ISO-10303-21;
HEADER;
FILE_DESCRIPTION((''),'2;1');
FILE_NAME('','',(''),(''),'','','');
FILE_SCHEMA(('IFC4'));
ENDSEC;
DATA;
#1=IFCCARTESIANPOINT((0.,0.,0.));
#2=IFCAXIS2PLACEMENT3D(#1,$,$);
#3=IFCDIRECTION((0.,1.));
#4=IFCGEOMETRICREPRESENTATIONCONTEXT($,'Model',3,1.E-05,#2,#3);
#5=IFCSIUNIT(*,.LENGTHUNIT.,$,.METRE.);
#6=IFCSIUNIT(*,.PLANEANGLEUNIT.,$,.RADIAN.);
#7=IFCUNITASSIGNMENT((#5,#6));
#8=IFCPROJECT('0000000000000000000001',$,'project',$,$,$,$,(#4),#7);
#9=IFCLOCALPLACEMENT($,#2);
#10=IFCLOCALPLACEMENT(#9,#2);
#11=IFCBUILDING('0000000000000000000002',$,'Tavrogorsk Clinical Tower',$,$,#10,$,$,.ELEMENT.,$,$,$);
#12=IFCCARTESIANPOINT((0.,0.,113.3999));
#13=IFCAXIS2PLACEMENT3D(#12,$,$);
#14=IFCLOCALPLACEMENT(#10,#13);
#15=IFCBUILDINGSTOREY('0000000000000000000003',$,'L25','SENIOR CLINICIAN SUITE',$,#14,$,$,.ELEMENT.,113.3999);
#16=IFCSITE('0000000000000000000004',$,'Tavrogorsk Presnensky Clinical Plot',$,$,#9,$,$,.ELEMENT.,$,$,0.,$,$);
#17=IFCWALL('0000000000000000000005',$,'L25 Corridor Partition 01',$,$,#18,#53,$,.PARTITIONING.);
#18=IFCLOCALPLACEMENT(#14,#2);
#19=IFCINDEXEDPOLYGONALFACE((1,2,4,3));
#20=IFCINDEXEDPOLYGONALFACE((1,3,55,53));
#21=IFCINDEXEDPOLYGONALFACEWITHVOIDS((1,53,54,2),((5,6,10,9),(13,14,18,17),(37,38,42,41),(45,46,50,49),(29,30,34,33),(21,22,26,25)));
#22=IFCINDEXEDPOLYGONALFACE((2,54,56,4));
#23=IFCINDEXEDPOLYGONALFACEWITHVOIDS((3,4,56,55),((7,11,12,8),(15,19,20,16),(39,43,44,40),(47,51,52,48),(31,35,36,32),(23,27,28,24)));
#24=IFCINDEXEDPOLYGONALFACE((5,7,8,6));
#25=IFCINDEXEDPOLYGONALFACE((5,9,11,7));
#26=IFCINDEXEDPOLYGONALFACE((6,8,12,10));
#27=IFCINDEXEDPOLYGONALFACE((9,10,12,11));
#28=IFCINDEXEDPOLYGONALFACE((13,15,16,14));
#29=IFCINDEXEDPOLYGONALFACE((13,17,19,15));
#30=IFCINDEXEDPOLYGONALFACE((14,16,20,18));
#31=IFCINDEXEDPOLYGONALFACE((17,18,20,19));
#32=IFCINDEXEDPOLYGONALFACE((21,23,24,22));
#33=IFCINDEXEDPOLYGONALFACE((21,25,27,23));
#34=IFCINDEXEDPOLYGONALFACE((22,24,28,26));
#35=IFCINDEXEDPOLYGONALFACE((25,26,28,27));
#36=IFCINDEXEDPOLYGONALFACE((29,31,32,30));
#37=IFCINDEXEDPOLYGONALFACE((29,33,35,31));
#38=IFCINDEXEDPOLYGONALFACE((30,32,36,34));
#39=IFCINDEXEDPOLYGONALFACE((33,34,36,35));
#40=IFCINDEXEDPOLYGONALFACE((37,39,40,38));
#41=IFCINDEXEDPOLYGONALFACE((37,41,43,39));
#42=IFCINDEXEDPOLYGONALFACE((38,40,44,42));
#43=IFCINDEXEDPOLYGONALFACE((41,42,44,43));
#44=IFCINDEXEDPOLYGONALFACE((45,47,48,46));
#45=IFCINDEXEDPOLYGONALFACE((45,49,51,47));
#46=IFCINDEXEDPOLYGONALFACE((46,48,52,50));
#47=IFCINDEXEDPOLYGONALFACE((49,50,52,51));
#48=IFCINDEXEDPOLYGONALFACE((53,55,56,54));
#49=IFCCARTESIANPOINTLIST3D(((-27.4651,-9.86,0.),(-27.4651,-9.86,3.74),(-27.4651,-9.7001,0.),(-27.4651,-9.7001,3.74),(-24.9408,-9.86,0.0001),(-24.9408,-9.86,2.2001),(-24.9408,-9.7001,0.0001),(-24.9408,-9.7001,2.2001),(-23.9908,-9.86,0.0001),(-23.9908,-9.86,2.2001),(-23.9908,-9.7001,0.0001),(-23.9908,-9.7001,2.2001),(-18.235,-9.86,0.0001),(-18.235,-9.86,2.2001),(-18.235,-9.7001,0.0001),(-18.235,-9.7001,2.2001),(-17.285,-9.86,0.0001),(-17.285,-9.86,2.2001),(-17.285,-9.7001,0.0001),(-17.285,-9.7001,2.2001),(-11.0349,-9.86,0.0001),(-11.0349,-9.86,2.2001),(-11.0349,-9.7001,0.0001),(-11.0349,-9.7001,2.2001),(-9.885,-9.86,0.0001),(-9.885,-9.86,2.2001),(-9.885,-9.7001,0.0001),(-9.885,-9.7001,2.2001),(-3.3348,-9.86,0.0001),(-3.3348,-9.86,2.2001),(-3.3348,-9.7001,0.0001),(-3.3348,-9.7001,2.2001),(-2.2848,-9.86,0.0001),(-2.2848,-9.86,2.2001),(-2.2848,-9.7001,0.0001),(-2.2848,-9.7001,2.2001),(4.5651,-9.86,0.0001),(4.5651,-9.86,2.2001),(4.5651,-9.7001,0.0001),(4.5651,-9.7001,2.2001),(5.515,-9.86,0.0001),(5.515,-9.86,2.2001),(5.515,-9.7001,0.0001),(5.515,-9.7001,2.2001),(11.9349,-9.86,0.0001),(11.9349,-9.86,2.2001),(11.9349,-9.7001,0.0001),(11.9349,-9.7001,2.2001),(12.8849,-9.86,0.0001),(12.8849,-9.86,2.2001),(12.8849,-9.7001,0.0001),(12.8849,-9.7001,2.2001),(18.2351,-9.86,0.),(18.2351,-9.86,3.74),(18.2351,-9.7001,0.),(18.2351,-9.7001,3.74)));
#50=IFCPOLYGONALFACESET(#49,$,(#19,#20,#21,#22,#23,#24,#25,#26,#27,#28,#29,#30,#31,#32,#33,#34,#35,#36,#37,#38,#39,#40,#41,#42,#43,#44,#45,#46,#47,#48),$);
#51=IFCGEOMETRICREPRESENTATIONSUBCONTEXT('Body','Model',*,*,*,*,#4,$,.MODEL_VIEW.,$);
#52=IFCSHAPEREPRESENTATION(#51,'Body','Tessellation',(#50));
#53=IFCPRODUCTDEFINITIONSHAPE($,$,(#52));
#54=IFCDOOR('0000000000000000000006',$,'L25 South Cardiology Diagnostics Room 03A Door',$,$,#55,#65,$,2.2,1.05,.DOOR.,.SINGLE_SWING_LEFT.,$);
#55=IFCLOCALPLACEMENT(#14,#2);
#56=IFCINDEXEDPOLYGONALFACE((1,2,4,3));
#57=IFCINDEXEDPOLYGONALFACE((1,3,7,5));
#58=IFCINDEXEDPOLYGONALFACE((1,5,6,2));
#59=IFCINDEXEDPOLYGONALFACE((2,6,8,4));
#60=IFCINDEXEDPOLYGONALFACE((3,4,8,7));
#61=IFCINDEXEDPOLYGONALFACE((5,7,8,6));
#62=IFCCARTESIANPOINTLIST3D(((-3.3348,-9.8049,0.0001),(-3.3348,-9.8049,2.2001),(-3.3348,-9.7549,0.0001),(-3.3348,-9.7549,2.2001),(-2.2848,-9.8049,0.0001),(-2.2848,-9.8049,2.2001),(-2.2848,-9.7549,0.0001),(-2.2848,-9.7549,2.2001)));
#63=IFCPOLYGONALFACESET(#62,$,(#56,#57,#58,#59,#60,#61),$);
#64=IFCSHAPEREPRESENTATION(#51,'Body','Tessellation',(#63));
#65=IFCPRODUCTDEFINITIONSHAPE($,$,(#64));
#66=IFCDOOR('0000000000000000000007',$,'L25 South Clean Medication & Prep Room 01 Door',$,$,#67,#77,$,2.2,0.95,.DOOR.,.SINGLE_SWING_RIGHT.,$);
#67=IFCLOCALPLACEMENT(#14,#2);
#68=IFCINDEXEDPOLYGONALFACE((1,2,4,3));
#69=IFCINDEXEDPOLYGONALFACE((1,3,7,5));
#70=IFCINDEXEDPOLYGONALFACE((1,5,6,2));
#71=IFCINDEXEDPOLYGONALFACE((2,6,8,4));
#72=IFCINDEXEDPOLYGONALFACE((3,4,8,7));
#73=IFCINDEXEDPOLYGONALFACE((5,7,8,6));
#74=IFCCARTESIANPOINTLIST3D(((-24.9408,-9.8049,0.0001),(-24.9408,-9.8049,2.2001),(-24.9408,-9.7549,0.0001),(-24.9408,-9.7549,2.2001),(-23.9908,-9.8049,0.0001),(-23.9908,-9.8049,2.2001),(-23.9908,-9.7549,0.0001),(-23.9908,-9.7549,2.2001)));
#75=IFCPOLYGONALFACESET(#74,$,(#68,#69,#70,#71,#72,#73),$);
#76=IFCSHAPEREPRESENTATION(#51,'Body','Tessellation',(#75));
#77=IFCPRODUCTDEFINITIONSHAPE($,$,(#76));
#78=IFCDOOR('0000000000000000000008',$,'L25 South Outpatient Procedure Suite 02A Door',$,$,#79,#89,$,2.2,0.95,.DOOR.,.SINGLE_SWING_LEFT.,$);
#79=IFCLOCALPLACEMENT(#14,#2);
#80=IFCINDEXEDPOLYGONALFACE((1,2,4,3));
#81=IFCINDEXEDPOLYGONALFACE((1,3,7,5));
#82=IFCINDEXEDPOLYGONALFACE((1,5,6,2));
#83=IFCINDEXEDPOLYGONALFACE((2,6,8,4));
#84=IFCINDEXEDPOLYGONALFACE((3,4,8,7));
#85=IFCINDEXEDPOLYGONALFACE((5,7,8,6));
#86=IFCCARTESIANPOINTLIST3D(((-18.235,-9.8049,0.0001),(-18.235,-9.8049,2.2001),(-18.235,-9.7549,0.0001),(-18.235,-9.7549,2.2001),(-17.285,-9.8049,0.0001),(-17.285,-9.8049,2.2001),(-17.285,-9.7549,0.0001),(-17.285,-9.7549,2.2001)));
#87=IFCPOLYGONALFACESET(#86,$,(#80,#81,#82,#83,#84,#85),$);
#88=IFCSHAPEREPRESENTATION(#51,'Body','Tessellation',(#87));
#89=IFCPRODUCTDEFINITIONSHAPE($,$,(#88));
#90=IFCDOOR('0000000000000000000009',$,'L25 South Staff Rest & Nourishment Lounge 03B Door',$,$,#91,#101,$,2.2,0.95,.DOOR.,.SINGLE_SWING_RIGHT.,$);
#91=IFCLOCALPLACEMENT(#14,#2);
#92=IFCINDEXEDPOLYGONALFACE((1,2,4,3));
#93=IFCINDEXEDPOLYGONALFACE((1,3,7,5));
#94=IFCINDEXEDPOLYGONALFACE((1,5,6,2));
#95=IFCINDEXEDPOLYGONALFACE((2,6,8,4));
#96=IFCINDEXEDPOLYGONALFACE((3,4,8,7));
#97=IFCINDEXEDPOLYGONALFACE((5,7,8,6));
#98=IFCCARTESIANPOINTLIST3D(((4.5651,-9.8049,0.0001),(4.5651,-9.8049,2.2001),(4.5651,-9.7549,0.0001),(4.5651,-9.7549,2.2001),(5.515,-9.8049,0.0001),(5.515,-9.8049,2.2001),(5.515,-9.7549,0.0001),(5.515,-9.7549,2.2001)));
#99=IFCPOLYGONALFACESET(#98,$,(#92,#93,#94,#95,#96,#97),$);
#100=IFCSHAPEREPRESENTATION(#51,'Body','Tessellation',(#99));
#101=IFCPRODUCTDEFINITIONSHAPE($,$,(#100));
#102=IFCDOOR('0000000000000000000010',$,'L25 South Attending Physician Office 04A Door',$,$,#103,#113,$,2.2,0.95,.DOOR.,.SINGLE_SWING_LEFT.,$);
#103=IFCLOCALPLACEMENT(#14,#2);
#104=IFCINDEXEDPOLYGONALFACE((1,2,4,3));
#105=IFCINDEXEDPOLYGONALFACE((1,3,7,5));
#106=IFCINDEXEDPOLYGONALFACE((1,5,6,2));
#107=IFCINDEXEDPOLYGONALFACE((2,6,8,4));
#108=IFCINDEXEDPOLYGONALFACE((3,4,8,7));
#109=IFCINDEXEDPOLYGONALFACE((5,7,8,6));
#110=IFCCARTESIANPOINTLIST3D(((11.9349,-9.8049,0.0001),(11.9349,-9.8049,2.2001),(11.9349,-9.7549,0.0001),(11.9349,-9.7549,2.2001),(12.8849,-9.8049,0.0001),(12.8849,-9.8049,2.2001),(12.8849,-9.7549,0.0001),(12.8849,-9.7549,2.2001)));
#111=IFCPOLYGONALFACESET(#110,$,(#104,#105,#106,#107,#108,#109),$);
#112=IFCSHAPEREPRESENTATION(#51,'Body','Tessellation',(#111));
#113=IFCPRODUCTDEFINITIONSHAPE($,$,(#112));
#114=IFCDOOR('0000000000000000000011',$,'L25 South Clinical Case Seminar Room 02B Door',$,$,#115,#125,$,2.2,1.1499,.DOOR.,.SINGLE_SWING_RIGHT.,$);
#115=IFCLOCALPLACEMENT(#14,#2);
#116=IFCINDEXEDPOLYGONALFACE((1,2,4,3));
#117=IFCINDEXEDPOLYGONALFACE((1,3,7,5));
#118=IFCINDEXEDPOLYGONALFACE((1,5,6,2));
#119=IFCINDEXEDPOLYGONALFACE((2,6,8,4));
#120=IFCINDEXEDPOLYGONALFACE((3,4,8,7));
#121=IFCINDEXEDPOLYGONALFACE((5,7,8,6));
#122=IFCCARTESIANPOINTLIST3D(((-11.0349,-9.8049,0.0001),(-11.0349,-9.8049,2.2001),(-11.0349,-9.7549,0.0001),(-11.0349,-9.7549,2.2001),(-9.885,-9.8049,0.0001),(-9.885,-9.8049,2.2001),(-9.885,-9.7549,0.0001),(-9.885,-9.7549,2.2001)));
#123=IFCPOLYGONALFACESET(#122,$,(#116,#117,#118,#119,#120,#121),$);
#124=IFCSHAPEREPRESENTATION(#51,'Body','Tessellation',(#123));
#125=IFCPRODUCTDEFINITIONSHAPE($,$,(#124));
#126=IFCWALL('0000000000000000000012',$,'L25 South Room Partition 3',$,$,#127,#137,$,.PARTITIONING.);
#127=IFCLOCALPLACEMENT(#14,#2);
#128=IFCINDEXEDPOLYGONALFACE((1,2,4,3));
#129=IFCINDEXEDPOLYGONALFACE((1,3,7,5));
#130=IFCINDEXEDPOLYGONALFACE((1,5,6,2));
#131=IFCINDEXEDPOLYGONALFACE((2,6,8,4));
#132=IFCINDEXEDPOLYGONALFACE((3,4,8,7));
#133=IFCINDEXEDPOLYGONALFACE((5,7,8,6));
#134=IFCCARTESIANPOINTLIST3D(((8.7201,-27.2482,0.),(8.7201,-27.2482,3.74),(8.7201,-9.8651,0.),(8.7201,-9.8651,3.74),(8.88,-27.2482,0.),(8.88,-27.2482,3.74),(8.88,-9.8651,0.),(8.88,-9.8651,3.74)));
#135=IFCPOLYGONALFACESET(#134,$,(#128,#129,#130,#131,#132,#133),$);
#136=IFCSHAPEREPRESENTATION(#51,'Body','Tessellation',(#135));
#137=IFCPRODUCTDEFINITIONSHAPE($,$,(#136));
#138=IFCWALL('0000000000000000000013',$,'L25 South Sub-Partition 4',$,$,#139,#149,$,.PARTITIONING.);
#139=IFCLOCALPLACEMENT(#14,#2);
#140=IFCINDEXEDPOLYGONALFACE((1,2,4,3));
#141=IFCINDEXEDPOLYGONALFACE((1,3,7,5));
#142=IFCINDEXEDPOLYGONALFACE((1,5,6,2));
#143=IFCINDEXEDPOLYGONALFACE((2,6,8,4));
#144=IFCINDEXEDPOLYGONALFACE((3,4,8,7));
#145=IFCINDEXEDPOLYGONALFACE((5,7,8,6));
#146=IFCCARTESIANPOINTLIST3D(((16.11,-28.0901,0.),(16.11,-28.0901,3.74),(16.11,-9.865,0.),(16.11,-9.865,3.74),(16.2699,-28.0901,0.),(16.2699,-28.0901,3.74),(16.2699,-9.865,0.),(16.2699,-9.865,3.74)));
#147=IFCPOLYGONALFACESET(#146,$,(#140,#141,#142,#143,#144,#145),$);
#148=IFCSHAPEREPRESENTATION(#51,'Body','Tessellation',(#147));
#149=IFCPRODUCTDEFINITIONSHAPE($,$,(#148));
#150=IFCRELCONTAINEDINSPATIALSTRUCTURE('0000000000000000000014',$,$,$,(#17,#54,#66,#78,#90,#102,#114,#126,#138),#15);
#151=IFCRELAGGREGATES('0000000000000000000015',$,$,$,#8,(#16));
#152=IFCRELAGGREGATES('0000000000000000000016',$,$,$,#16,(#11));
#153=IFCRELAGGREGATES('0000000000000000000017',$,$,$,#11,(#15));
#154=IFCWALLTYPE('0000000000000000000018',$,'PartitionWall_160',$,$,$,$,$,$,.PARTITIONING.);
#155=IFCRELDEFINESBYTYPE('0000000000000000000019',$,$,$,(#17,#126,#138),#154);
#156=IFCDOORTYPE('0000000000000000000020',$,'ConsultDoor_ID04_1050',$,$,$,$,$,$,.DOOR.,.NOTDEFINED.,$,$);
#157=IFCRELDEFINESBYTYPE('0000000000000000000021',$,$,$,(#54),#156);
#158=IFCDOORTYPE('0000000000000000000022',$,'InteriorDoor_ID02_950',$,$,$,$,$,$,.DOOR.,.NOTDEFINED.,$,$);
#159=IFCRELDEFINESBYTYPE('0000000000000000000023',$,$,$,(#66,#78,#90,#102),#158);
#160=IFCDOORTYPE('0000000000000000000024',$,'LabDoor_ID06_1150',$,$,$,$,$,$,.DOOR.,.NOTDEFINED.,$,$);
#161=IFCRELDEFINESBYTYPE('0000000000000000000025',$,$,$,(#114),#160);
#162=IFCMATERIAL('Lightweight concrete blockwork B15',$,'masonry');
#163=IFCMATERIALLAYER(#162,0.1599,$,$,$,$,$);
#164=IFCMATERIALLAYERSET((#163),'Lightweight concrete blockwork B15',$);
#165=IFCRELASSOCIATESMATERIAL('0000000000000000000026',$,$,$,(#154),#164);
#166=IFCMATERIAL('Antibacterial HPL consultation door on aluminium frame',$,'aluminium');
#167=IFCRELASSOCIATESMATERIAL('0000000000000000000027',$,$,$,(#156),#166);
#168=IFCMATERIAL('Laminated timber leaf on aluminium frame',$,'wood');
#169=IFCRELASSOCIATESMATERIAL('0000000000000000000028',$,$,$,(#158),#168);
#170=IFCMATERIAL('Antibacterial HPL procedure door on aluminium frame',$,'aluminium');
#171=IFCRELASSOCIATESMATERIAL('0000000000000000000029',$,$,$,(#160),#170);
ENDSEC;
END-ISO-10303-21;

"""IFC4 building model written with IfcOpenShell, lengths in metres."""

from ifc_helpers import new_model, si_unit, direction, frame, frame_2d, origin, place, context, subcontext, project, spatial, rectangle, extrude, material, layer, layer_set, type_object, element, fill, save


model = new_model("IFC4")

# Units and contexts
model_context = context("Model", 3, precision=1e-05, world=origin(), true_north=direction((0.0, 1.0)))
body_context = subcontext(model_context, "Body", "Model", "MODEL_VIEW")
ifc_project = project(units=[si_unit("LENGTHUNIT", "METRE"), si_unit("PLANEANGLEUNIT", "RADIAN")], contexts=[model_context])

# Site, building, storey
site_placement = place(None, origin())
site = spatial("IfcSite", under=ifc_project, at=site_placement, Name="Tavrogorsk Presnensky Clinical Plot", CompositionType="ELEMENT", RefElevation=0.0)
building_placement = place(site_placement, origin())
building = spatial("IfcBuilding", under=site, at=building_placement, Name="Tavrogorsk Clinical Tower", CompositionType="ELEMENT")
storey_placement = place(building_placement, frame((0.0, 0.0, 113.3999)))
storey = spatial("IfcBuildingStorey", under=building, at=storey_placement, Name="L25", Description="SENIOR CLINICIAN SUITE", CompositionType="ELEMENT", Elevation=113.3999)

# Wall, openings, doors
ifc_material_1 = material(Name="Lightweight concrete blockwork B15", Category="masonry")
ifc_layer_1 = layer(ifc_material_1, 0.1599)
ifc_layer_set_1 = layer_set([ifc_layer_1], Name="Lightweight concrete blockwork B15")
wall_type_1 = type_object("IfcWallType", Name="PartitionWall_160", PredefinedType="PARTITIONING", material=ifc_layer_set_1)
wall_1_placement = place(storey_placement, frame((18.2351, -9.78, 0.0), z_axis=(0.0, 0.0, 1.0), x_axis=(-1.0, 0.0, 0.0)))
wall_1 = element("IfcWall", 1, at=wall_1_placement, inside=storey, type_object=wall_type_1, Name="L25 Corridor Partition 01", PredefinedType="PARTITIONING", context=body_context, shape_type="SweptSolid", body=[
    extrude(rectangle(XDim=45.7002, YDim=0.1599, at=frame_2d((22.8501, 0.0))), origin(), (0.0, 0.0, 1.0), 3.74),
])
opening_1_placement = place(wall_1_placement, frame((42.2258, 0.0, 0.0)))
opening_1 = element("IfcOpeningElement", 2, at=opening_1_placement, cuts=wall_1, PredefinedType="OPENING", context=body_context, shape_type="SweptSolid", body=[
    extrude(rectangle(XDim=0.95, YDim=2.2, at=frame_2d((0.4751, 1.1001))), frame((0.0, 0.0898, 0.0), z_axis=(0.0, -1.0, 0.0), x_axis=(1.0, 0.0, 0.0)), (0.0, 0.0, 1.0), 0.1799),
])
opening_2_placement = place(wall_1_placement, frame((35.52, 0.0, 0.0)))
opening_2 = element("IfcOpeningElement", 3, at=opening_2_placement, cuts=wall_1, PredefinedType="OPENING", context=body_context, shape_type="SweptSolid", body=[
    extrude(rectangle(XDim=0.95, YDim=2.2, at=frame_2d((0.4751, 1.1001))), frame((0.0, 0.0898, 0.0), z_axis=(0.0, -1.0, 0.0), x_axis=(1.0, 0.0, 0.0)), (0.0, 0.0, 1.0), 0.1799),
])
opening_3_placement = place(wall_1_placement, frame((28.1201, 0.0, 0.0)))
opening_3 = element("IfcOpeningElement", 4, at=opening_3_placement, cuts=wall_1, PredefinedType="OPENING", context=body_context, shape_type="SweptSolid", body=[
    extrude(rectangle(XDim=1.1499, YDim=2.2, at=frame_2d((0.575, 1.1001))), frame((0.0, 0.0898, 0.0), z_axis=(0.0, -1.0, 0.0), x_axis=(1.0, 0.0, 0.0)), (0.0, 0.0, 1.0), 0.1799),
])
opening_4_placement = place(wall_1_placement, frame((20.52, 0.0, 0.0)))
opening_4 = element("IfcOpeningElement", 5, at=opening_4_placement, cuts=wall_1, PredefinedType="OPENING", context=body_context, shape_type="SweptSolid", body=[
    extrude(rectangle(XDim=1.05, YDim=2.2, at=frame_2d((0.5249, 1.1001))), frame((0.0, 0.0898, 0.0), z_axis=(0.0, -1.0, 0.0), x_axis=(1.0, 0.0, 0.0)), (0.0, 0.0, 1.0), 0.1799),
])
opening_5_placement = place(wall_1_placement, frame((12.72, 0.0, 0.0)))
opening_5 = element("IfcOpeningElement", 6, at=opening_5_placement, cuts=wall_1, PredefinedType="OPENING", context=body_context, shape_type="SweptSolid", body=[
    extrude(rectangle(XDim=0.95, YDim=2.2, at=frame_2d((0.4751, 1.1001))), frame((0.0, 0.0898, 0.0), z_axis=(0.0, -1.0, 0.0), x_axis=(1.0, 0.0, 0.0)), (0.0, 0.0, 1.0), 0.1799),
])
opening_6_placement = place(wall_1_placement, frame((5.3501, 0.0, 0.0)))
opening_6 = element("IfcOpeningElement", 7, at=opening_6_placement, cuts=wall_1, PredefinedType="OPENING", context=body_context, shape_type="SweptSolid", body=[
    extrude(rectangle(XDim=0.95, YDim=2.2, at=frame_2d((0.4751, 1.1001))), frame((0.0, 0.0898, 0.0), z_axis=(0.0, -1.0, 0.0), x_axis=(1.0, 0.0, 0.0)), (0.0, 0.0, 1.0), 0.1799),
])
ifc_material_2 = material(Name="Antibacterial HPL consultation door on aluminium frame", Category="aluminium")
door_type_1 = type_object("IfcDoorType", Name="ConsultDoor_ID04_1050", OperationType="NOTDEFINED", PredefinedType="DOOR", material=ifc_material_2)
door_1_placement = place(opening_4_placement, origin())
door_1 = element("IfcDoor", 8, at=door_1_placement, inside=storey, type_object=door_type_1, Name="L25 South Cardiology Diagnostics Room 03A Door", OperationType="SINGLE_SWING_LEFT", OverallHeight=2.2, OverallWidth=1.05, PredefinedType="DOOR", context=body_context, shape_type="SweptSolid", body=[
    extrude(rectangle(XDim=1.05, YDim=2.2, at=frame_2d((0.5249, 1.1001))), frame((0.0, 0.0249, 0.0), z_axis=(0.0, -1.0, 0.0), x_axis=(1.0, 0.0, 0.0)), (0.0, 0.0, 1.0), 0.05),
])
fill(opening_4, door_1)
ifc_material_3 = material(Name="Laminated timber leaf on aluminium frame", Category="wood")
door_type_2 = type_object("IfcDoorType", Name="InteriorDoor_ID02_950", OperationType="NOTDEFINED", PredefinedType="DOOR", material=ifc_material_3)
door_2_placement = place(opening_1_placement, origin())
door_2 = element("IfcDoor", 9, at=door_2_placement, inside=storey, type_object=door_type_2, Name="L25 South Clean Medication & Prep Room 01 Door", OperationType="SINGLE_SWING_RIGHT", OverallHeight=2.2, OverallWidth=0.95, PredefinedType="DOOR", context=body_context, shape_type="SweptSolid", body=[
    extrude(rectangle(XDim=0.95, YDim=2.2, at=frame_2d((0.4751, 1.1001))), frame((0.0, 0.0249, 0.0), z_axis=(0.0, -1.0, 0.0), x_axis=(1.0, 0.0, 0.0)), (0.0, 0.0, 1.0), 0.05),
])
fill(opening_1, door_2)
door_3_placement = place(opening_2_placement, origin())
door_3 = element("IfcDoor", 10, at=door_3_placement, inside=storey, type_object=door_type_2, Name="L25 South Outpatient Procedure Suite 02A Door", OperationType="SINGLE_SWING_LEFT", OverallHeight=2.2, OverallWidth=0.95, PredefinedType="DOOR", context=body_context, shape_type="SweptSolid", body=[
    extrude(rectangle(XDim=0.95, YDim=2.2, at=frame_2d((0.4751, 1.1001))), frame((0.0, 0.0249, 0.0), z_axis=(0.0, -1.0, 0.0), x_axis=(1.0, 0.0, 0.0)), (0.0, 0.0, 1.0), 0.05),
])
fill(opening_2, door_3)
door_4_placement = place(opening_5_placement, origin())
door_4 = element("IfcDoor", 11, at=door_4_placement, inside=storey, type_object=door_type_2, Name="L25 South Staff Rest & Nourishment Lounge 03B Door", OperationType="SINGLE_SWING_RIGHT", OverallHeight=2.2, OverallWidth=0.95, PredefinedType="DOOR", context=body_context, shape_type="SweptSolid", body=[
    extrude(rectangle(XDim=0.95, YDim=2.2, at=frame_2d((0.4751, 1.1001))), frame((0.0, 0.0249, 0.0), z_axis=(0.0, -1.0, 0.0), x_axis=(1.0, 0.0, 0.0)), (0.0, 0.0, 1.0), 0.05),
])
fill(opening_5, door_4)
door_5_placement = place(opening_6_placement, origin())
door_5 = element("IfcDoor", 12, at=door_5_placement, inside=storey, type_object=door_type_2, Name="L25 South Attending Physician Office 04A Door", OperationType="SINGLE_SWING_LEFT", OverallHeight=2.2, OverallWidth=0.95, PredefinedType="DOOR", context=body_context, shape_type="SweptSolid", body=[
    extrude(rectangle(XDim=0.95, YDim=2.2, at=frame_2d((0.4751, 1.1001))), frame((0.0, 0.0249, 0.0), z_axis=(0.0, -1.0, 0.0), x_axis=(1.0, 0.0, 0.0)), (0.0, 0.0, 1.0), 0.05),
])
fill(opening_6, door_5)
ifc_material_4 = material(Name="Antibacterial HPL procedure door on aluminium frame", Category="aluminium")
door_type_3 = type_object("IfcDoorType", Name="LabDoor_ID06_1150", OperationType="NOTDEFINED", PredefinedType="DOOR", material=ifc_material_4)
door_6_placement = place(opening_3_placement, origin())
door_6 = element("IfcDoor", 13, at=door_6_placement, inside=storey, type_object=door_type_3, Name="L25 South Clinical Case Seminar Room 02B Door", OperationType="SINGLE_SWING_RIGHT", OverallHeight=2.2, OverallWidth=1.1499, PredefinedType="DOOR", context=body_context, shape_type="SweptSolid", body=[
    extrude(rectangle(XDim=1.1499, YDim=2.2, at=frame_2d((0.575, 1.1001))), frame((0.0, 0.0249, 0.0), z_axis=(0.0, -1.0, 0.0), x_axis=(1.0, 0.0, 0.0)), (0.0, 0.0, 1.0), 0.05),
])
fill(opening_3, door_6)

# Walls
wall_2_placement = place(storey_placement, frame((8.8, -27.248, 0.0), z_axis=(0.0, 0.0, 1.0), x_axis=(0.0, 1.0, 0.0)))
element("IfcWall", 14, at=wall_2_placement, inside=storey, type_object=wall_type_1, Name="L25 South Room Partition 3", PredefinedType="PARTITIONING", context=body_context, shape_type="SweptSolid", body=[
    extrude(rectangle(XDim=17.3831, YDim=0.1599, at=frame_2d((8.6914, 0.0))), origin(), (0.0, 0.0, 1.0), 3.74),
])
wall_3_placement = place(storey_placement, frame((16.1899, -28.0901, 0.0), z_axis=(0.0, 0.0, 1.0), x_axis=(0.0, 1.0, 0.0)))
element("IfcWall", 15, at=wall_3_placement, inside=storey, type_object=wall_type_1, Name="L25 South Sub-Partition 4", PredefinedType="PARTITIONING", context=body_context, shape_type="SweptSolid", body=[
    extrude(rectangle(XDim=18.2251, YDim=0.1599, at=frame_2d((9.1125, 0.0))), origin(), (0.0, 0.0, 1.0), 3.74),
])

save(model, "model.ifc")
